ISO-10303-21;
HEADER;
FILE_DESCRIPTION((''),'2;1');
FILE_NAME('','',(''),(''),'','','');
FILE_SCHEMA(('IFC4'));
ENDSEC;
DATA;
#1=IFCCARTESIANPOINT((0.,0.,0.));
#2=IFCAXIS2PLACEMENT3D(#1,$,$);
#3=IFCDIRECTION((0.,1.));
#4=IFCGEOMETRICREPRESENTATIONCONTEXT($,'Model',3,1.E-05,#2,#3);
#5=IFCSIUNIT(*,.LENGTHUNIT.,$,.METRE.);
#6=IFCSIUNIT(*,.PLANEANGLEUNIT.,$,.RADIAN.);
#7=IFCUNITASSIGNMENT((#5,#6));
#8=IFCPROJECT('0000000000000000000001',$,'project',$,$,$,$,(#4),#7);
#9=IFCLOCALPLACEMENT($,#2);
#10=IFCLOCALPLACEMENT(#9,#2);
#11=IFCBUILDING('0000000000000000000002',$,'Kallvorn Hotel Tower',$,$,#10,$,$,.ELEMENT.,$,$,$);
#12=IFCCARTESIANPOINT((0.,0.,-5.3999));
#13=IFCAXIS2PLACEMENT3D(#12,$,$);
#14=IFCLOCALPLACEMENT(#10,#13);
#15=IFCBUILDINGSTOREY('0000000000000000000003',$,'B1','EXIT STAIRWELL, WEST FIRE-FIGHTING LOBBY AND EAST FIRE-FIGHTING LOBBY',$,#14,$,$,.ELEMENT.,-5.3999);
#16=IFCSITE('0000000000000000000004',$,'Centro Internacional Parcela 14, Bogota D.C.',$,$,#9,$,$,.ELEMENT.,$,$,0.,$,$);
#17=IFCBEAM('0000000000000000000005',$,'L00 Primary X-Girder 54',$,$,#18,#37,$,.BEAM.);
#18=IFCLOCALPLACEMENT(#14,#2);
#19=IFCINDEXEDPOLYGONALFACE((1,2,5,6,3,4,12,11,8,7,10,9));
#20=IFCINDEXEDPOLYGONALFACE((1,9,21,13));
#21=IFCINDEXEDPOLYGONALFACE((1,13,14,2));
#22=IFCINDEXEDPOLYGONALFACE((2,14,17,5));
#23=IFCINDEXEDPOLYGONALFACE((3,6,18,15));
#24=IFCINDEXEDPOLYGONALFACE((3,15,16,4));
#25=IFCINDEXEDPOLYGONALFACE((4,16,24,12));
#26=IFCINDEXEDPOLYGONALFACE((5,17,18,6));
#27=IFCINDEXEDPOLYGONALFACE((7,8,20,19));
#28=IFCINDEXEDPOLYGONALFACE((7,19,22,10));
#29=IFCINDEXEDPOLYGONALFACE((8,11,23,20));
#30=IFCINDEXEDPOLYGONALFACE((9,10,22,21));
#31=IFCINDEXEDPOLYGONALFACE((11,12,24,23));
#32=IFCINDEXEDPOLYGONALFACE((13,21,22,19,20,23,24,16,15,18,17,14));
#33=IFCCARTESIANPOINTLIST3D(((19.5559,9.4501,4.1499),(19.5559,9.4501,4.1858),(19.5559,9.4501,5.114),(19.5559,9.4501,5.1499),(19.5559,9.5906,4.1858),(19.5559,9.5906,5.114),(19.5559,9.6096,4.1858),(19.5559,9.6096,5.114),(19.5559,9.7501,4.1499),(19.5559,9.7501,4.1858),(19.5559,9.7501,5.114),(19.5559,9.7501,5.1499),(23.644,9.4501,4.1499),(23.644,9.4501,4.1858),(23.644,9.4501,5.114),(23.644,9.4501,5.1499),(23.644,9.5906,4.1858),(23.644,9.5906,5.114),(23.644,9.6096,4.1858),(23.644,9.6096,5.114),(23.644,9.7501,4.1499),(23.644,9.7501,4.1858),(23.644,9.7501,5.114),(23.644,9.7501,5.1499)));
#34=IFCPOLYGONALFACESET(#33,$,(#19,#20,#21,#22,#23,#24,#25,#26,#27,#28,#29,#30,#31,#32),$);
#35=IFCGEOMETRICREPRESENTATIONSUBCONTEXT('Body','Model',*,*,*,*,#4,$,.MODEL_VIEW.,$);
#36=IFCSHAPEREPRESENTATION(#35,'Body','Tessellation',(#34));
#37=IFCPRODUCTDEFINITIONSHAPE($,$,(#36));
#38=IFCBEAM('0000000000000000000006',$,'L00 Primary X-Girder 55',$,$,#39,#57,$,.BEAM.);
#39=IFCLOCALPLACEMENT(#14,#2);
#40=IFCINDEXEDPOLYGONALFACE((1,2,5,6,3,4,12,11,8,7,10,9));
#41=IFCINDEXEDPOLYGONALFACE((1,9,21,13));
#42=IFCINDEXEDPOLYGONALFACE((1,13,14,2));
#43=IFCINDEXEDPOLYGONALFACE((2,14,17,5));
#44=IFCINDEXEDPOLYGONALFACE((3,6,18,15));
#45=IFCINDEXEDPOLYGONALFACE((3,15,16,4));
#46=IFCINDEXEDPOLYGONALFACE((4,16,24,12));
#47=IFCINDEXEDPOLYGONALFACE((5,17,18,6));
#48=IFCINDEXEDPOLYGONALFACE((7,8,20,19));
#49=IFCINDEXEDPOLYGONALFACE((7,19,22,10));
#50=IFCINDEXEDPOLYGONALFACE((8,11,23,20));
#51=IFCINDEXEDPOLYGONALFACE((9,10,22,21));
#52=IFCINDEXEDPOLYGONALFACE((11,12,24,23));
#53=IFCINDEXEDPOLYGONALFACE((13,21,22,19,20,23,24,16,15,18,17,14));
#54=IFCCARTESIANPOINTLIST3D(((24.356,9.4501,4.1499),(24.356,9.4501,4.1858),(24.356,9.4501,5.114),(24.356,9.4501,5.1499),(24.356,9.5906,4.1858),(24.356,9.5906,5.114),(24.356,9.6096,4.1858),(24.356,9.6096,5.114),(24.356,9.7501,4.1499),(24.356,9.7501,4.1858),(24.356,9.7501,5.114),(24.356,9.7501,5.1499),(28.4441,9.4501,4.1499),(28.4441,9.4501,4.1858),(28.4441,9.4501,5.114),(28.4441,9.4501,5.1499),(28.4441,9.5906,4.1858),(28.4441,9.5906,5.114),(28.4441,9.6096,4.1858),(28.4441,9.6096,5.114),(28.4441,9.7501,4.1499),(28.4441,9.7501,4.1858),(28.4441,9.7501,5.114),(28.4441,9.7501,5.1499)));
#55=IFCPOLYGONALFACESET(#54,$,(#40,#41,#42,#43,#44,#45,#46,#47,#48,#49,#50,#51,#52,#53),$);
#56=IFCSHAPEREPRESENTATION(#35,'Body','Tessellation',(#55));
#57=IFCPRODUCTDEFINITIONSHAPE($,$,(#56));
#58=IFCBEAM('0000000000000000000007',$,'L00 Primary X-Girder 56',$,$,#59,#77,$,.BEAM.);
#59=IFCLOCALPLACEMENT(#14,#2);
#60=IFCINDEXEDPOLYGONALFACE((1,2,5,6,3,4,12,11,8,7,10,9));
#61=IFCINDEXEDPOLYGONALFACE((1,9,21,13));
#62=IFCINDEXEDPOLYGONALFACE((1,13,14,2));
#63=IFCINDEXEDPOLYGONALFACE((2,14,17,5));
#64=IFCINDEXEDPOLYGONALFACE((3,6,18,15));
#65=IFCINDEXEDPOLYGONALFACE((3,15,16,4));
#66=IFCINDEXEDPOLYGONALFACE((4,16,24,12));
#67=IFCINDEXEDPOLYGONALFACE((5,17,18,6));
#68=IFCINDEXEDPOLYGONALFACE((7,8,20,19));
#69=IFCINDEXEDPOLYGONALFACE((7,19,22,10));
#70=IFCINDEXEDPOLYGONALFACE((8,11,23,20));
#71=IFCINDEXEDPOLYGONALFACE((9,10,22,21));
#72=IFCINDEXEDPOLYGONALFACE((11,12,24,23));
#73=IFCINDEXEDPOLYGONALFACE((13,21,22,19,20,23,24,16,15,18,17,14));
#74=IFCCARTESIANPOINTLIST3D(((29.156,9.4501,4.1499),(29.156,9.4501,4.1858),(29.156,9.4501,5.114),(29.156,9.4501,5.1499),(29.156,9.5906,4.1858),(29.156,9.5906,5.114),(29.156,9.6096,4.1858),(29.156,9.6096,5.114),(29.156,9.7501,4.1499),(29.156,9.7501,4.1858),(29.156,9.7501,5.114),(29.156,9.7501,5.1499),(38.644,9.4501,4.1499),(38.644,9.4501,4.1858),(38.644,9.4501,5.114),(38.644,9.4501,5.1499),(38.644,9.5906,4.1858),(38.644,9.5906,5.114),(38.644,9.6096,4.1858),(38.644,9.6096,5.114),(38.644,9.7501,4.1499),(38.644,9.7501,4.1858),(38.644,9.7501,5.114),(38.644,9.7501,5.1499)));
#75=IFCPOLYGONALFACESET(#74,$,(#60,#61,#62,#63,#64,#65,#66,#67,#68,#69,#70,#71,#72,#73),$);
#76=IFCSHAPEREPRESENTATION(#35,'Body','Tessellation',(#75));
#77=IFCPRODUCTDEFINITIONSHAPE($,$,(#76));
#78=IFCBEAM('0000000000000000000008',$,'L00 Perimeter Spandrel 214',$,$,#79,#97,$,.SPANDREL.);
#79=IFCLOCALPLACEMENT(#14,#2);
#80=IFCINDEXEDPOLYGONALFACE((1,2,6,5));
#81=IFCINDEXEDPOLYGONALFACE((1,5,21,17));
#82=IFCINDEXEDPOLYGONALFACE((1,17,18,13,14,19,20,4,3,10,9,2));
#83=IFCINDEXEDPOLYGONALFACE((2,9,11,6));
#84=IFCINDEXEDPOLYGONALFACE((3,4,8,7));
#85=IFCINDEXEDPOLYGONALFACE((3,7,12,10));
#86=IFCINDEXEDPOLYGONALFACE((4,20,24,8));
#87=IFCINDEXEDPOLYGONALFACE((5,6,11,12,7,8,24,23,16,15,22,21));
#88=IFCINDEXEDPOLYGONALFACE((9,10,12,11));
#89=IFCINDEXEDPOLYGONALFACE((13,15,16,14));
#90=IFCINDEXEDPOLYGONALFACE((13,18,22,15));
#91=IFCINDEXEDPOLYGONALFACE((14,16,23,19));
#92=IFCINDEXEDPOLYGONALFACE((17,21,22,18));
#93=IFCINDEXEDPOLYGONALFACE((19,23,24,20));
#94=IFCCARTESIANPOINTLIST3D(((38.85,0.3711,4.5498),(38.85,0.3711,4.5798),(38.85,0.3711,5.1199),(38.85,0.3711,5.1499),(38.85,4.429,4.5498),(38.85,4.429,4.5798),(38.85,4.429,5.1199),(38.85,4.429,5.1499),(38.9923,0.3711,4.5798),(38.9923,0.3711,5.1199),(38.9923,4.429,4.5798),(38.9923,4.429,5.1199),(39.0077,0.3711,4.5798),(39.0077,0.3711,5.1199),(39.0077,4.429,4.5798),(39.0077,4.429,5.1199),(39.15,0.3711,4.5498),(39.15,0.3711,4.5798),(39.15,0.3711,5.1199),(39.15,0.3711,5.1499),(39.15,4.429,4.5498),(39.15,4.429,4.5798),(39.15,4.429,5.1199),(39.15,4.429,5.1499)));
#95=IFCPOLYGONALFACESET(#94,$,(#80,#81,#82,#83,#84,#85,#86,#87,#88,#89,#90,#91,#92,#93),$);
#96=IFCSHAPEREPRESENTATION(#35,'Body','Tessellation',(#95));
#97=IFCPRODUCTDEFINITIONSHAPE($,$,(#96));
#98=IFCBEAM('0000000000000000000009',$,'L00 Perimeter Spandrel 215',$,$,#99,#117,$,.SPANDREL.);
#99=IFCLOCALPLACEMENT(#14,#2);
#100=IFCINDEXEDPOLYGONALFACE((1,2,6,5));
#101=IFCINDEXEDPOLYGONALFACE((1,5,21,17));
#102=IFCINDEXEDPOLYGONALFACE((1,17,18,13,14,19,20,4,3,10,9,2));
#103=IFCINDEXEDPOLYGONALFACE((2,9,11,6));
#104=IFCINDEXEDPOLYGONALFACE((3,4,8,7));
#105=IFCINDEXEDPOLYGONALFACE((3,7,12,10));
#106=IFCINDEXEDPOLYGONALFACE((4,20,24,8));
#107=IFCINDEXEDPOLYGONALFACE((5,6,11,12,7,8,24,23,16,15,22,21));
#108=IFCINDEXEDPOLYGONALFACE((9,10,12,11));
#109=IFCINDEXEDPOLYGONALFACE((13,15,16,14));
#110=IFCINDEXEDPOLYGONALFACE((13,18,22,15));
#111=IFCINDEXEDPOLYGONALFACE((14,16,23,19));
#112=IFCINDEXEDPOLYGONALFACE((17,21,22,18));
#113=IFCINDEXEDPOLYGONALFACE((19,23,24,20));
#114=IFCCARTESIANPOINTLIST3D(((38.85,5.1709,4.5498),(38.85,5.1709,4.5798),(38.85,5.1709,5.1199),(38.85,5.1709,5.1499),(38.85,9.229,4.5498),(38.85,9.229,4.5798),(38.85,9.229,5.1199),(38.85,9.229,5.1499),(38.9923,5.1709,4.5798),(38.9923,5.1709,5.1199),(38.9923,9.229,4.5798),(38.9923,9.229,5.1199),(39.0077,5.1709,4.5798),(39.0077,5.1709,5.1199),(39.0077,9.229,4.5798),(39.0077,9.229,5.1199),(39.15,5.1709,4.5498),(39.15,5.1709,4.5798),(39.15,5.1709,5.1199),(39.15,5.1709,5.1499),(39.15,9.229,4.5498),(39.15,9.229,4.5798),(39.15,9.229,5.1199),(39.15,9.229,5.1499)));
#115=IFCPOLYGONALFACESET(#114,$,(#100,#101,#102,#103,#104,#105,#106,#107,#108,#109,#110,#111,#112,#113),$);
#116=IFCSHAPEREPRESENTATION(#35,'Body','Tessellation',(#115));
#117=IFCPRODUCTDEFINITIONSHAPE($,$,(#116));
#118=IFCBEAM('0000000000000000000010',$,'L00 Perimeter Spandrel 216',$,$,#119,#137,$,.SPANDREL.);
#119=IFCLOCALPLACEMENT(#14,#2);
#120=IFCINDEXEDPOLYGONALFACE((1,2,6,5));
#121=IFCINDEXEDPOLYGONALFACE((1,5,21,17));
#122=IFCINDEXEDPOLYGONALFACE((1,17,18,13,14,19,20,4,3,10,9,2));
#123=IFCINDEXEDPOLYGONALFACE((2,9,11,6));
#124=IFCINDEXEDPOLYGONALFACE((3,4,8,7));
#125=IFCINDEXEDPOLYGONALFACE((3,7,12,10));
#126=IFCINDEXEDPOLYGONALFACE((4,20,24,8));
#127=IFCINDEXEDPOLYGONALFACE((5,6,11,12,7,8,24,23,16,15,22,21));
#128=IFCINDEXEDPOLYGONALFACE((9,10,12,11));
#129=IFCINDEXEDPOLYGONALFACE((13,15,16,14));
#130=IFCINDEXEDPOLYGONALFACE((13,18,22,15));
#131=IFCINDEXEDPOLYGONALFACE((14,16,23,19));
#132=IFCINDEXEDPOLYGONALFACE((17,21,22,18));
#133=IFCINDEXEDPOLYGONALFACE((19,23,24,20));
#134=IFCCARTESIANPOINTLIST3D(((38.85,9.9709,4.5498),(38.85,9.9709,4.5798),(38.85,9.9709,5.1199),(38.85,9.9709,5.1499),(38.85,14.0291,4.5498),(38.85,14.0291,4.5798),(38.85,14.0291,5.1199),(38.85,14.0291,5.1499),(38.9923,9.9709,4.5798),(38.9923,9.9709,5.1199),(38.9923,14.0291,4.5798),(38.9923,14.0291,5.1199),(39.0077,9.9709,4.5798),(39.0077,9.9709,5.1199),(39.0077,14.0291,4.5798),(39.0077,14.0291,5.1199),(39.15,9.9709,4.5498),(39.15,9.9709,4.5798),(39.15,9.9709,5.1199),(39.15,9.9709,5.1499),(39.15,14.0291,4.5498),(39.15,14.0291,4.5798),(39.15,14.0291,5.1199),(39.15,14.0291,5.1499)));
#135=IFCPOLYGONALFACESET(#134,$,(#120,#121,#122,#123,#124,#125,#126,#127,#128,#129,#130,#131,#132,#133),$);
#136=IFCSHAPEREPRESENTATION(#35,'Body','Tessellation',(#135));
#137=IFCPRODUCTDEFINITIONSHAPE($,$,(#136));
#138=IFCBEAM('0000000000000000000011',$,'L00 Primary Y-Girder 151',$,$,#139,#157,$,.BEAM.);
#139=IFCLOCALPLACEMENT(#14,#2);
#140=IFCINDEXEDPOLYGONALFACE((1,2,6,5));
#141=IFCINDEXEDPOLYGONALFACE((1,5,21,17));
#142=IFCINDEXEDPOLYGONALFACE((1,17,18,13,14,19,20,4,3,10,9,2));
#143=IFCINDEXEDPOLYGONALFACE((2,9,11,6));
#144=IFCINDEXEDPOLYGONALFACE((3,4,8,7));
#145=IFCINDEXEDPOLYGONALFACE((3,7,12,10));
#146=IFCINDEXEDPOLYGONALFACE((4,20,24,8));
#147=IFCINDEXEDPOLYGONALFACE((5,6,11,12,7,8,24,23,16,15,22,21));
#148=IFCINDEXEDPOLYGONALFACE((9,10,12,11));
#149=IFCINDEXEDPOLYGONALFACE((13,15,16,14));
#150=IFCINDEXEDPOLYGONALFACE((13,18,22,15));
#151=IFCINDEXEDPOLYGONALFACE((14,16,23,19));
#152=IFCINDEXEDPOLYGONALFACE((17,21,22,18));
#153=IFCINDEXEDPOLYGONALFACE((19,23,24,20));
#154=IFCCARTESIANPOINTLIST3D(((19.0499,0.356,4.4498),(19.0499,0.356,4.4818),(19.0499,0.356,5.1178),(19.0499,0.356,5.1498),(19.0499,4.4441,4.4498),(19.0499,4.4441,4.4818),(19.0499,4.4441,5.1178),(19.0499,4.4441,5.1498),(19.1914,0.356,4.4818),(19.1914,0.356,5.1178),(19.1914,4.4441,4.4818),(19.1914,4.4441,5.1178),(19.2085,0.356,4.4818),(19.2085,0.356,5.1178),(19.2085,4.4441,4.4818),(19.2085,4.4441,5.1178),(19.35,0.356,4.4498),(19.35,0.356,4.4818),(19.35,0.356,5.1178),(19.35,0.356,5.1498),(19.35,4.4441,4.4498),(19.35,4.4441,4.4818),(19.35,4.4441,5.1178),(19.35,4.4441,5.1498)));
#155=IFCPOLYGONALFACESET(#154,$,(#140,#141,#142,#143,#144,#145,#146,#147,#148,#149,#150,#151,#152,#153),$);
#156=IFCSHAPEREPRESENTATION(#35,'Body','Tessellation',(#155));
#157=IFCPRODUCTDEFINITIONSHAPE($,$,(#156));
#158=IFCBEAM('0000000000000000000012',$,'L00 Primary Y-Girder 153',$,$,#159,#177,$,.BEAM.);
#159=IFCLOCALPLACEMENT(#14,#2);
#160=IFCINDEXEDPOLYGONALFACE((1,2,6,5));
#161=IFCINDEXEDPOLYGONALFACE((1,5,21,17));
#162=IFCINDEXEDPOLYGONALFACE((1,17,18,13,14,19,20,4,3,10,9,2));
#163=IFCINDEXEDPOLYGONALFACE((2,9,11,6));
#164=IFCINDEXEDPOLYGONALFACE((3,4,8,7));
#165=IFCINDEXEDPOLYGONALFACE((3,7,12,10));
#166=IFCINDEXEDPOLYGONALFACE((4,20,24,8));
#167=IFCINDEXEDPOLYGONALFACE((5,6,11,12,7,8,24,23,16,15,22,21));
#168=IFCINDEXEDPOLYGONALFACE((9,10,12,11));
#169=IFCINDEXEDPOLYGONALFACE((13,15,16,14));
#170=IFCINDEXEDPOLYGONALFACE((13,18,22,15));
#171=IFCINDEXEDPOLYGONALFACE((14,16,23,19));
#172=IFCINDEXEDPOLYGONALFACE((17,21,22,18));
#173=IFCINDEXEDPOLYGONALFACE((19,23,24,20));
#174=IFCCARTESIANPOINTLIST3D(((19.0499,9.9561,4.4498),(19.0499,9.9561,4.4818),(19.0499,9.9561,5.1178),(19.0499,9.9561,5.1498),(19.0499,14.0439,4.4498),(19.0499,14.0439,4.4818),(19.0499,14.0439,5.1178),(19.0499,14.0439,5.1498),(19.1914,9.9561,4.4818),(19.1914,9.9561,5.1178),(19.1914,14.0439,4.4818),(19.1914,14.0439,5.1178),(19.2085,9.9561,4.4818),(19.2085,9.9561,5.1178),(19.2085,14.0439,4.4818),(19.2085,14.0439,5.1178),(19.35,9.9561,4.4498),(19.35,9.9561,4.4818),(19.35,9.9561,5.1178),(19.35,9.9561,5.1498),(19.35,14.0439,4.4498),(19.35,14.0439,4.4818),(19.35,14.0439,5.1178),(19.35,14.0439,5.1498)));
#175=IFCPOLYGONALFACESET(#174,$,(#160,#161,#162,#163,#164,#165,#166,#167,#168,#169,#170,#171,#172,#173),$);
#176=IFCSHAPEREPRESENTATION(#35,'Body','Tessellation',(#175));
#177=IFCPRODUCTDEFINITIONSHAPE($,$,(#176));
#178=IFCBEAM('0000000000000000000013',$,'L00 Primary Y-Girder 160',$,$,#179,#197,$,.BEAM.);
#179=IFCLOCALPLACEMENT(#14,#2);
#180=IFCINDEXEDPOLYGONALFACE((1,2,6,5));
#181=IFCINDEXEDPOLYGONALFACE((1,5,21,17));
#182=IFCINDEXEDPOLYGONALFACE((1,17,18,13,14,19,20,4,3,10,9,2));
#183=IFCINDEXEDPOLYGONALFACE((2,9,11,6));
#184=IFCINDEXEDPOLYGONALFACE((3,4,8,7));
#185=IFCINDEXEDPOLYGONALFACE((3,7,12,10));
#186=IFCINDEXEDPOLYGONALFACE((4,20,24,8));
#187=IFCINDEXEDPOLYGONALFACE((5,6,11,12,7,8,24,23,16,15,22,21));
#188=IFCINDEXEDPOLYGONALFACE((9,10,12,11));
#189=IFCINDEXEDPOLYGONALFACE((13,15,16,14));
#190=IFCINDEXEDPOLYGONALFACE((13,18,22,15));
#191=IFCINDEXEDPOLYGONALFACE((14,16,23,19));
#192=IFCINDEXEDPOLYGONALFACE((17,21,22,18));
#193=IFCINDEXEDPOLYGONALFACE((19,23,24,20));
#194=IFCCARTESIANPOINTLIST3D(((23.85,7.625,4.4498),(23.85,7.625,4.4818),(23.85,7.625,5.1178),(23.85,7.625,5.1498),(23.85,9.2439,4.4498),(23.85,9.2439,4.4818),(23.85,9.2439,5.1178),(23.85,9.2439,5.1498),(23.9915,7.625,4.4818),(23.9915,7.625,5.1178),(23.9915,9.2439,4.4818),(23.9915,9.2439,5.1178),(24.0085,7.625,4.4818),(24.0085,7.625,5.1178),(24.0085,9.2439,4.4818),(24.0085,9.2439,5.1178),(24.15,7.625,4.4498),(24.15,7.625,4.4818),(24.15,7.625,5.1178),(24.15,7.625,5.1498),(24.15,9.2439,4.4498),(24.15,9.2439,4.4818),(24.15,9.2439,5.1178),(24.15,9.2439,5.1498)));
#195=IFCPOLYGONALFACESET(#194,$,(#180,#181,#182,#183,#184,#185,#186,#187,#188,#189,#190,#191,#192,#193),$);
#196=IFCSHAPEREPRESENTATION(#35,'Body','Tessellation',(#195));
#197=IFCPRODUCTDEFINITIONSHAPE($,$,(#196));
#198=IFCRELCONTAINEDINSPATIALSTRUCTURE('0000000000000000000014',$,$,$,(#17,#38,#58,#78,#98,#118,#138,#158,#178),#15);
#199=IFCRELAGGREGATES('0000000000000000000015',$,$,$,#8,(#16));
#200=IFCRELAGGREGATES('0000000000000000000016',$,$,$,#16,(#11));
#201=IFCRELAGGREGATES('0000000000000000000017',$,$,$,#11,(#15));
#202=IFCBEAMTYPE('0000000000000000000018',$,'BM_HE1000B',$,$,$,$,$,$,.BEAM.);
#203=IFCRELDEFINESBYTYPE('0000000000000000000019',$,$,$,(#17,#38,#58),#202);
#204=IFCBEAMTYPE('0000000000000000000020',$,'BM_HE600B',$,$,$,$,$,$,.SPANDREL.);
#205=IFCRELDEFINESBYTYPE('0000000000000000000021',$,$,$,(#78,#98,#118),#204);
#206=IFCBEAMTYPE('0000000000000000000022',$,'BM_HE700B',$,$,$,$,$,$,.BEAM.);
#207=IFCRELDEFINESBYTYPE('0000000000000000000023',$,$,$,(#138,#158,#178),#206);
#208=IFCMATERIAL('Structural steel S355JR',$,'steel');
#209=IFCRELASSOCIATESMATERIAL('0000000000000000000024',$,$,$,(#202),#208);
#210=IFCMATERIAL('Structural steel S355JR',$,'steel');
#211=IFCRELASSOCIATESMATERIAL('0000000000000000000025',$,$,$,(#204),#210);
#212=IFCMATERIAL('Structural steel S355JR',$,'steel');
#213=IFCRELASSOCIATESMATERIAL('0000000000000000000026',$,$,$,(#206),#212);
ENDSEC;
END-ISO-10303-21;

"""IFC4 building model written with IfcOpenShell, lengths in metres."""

from ifc_helpers import new_model, si_unit, direction, frame, origin, origin_2d, place, context, subcontext, project, spatial, i_section, extrude, material, material_profile, profile_set, type_object, element, save


model = new_model("IFC4")

# Units and contexts
model_context = context("Model", 3, precision=1e-05, world=origin(), true_north=direction((0.0, 1.0)))
body_context = subcontext(model_context, "Body", "Model", "MODEL_VIEW")
ifc_project = project(units=[si_unit("LENGTHUNIT", "METRE"), si_unit("PLANEANGLEUNIT", "RADIAN")], contexts=[model_context])

# Site, building, storey
site_placement = place(None, origin())
site = spatial("IfcSite", under=ifc_project, at=site_placement, Name="Centro Internacional Parcela 14, Bogota D.C.", CompositionType="ELEMENT", RefElevation=0.0)
building_placement = place(site_placement, origin())
building = spatial("IfcBuilding", under=site, at=building_placement, Name="Kallvorn Hotel Tower", CompositionType="ELEMENT")
storey_placement = place(building_placement, frame((0.0, 0.0, -5.3999)))
storey = spatial("IfcBuildingStorey", under=building, at=storey_placement, Name="B1", Description="EXIT STAIRWELL, WEST FIRE-FIGHTING LOBBY AND EAST FIRE-FIGHTING LOBBY", CompositionType="ELEMENT", Elevation=-5.3999)

# Beams
ifc_material_1 = material(Name="Structural steel S355JR", Category="steel")
ifc_material_profile_1 = material_profile(ifc_material_1, i_section(OverallWidth=0.3, OverallDepth=1.0, WebThickness=0.019, FlangeThickness=0.0359, at=origin_2d()), Name="HE 1000 B")
ifc_profile_set_1 = profile_set([ifc_material_profile_1], Name="Structural steel S355JR")
beam_type_1 = type_object("IfcBeamType", Name="BM_HE1000B", PredefinedType="BEAM", material=ifc_profile_set_1)
for number, where, z_axis, x_axis, name in (
    (1, (19.5559, 9.6001, 4.6499), (1.0, 0.0, 0.0), (0.0, 1.0, 0.0), "L00 Primary X-Girder 54"),
    (2, (24.356, 9.6001, 4.6499), (1.0, 0.0, 0.0), (0.0, 1.0, 0.0), "L00 Primary X-Girder 55"),
):
    element("IfcBeam", number, at=place(storey_placement, frame(where, z_axis=z_axis, x_axis=x_axis)), inside=storey, type_object=beam_type_1, Name=name, PredefinedType="BEAM", context=body_context, shape_type="SweptSolid", body=[
        extrude(i_section(OverallWidth=0.3, OverallDepth=1.0, WebThickness=0.019, FlangeThickness=0.0359, at=origin_2d()), origin(), (0.0, 0.0, 1.0), 4.0881),
    ])
beam_1_placement = place(storey_placement, frame((29.156, 9.6001, 4.6499), z_axis=(1.0, 0.0, 0.0), x_axis=(0.0, 1.0, 0.0)))
element("IfcBeam", 3, at=beam_1_placement, inside=storey, type_object=beam_type_1, Name="L00 Primary X-Girder 56", PredefinedType="BEAM", context=body_context, shape_type="SweptSolid", body=[
    extrude(i_section(OverallWidth=0.3, OverallDepth=1.0, WebThickness=0.019, FlangeThickness=0.0359, at=origin_2d()), origin(), (0.0, 0.0, 1.0), 9.488),
])
ifc_material_2 = material(Name="Structural steel S355JR", Category="steel")
ifc_material_profile_2 = material_profile(ifc_material_2, i_section(OverallWidth=0.3, OverallDepth=0.6001, WebThickness=0.0154, FlangeThickness=0.03, at=origin_2d()), Name="HE 600 B")
ifc_profile_set_2 = profile_set([ifc_material_profile_2], Name="Structural steel S355JR")
beam_type_2 = type_object("IfcBeamType", Name="BM_HE600B", PredefinedType="SPANDREL", material=ifc_profile_set_2)
beam_2_placement = place(storey_placement, frame((39.0, 0.3711, 4.8499), z_axis=(0.0, 1.0, 0.0), x_axis=(-1.0, 0.0, 0.0)))
element("IfcBeam", 4, at=beam_2_placement, inside=storey, type_object=beam_type_2, Name="L00 Perimeter Spandrel 214", PredefinedType="SPANDREL", context=body_context, shape_type="SweptSolid", body=[
    extrude(i_section(OverallWidth=0.3, OverallDepth=0.6001, WebThickness=0.0154, FlangeThickness=0.03, at=origin_2d()), origin(), (0.0, 0.0, 1.0), 4.0579),
])
for number, where, z_axis, x_axis, name in (
    (5, (39.0, 5.1709, 4.8499), (0.0, 1.0, 0.0), (-1.0, 0.0, 0.0), "L00 Perimeter Spandrel 215"),
    (6, (39.0, 9.9709, 4.8499), (0.0, 1.0, 0.0), (-1.0, 0.0, 0.0), "L00 Perimeter Spandrel 216"),
):
    element("IfcBeam", number, at=place(storey_placement, frame(where, z_axis=z_axis, x_axis=x_axis)), inside=storey, type_object=beam_type_2, Name=name, PredefinedType="SPANDREL", context=body_context, shape_type="SweptSolid", body=[
        extrude(i_section(OverallWidth=0.3, OverallDepth=0.6001, WebThickness=0.0154, FlangeThickness=0.03, at=origin_2d()), origin(), (0.0, 0.0, 1.0), 4.0581),
    ])
ifc_material_3 = material(Name="Structural steel S355JR", Category="steel")
ifc_material_profile_3 = material_profile(ifc_material_3, i_section(OverallWidth=0.3, OverallDepth=0.7, WebThickness=0.0171, FlangeThickness=0.032, at=origin_2d()), Name="HE 700 B")
ifc_profile_set_3 = profile_set([ifc_material_profile_3], Name="Structural steel S355JR")
beam_type_3 = type_object("IfcBeamType", Name="BM_HE700B", PredefinedType="BEAM", material=ifc_profile_set_3)
beam_3_placement = place(storey_placement, frame((19.2, 0.356, 4.7998), z_axis=(0.0, 1.0, 0.0), x_axis=(-1.0, 0.0, 0.0)))
element("IfcBeam", 7, at=beam_3_placement, inside=storey, type_object=beam_type_3, Name="L00 Primary Y-Girder 151", PredefinedType="BEAM", context=body_context, shape_type="SweptSolid", body=[
    extrude(i_section(OverallWidth=0.3, OverallDepth=0.7, WebThickness=0.0171, FlangeThickness=0.032, at=origin_2d()), origin(), (0.0, 0.0, 1.0), 4.0881),
])
beam_4_placement = place(storey_placement, frame((19.2, 9.9561, 4.7998), z_axis=(0.0, 1.0, 0.0), x_axis=(-1.0, 0.0, 0.0)))
element("IfcBeam", 8, at=beam_4_placement, inside=storey, type_object=beam_type_3, Name="L00 Primary Y-Girder 153", PredefinedType="BEAM", context=body_context, shape_type="SweptSolid", body=[
    extrude(i_section(OverallWidth=0.3, OverallDepth=0.7, WebThickness=0.0171, FlangeThickness=0.032, at=origin_2d()), origin(), (0.0, 0.0, 1.0), 4.0879),
])
beam_5_placement = place(storey_placement, frame((24.0, 7.625, 4.7998), z_axis=(0.0, 1.0, 0.0), x_axis=(-1.0, 0.0, 0.0)))
element("IfcBeam", 9, at=beam_5_placement, inside=storey, type_object=beam_type_3, Name="L00 Primary Y-Girder 160", PredefinedType="BEAM", context=body_context, shape_type="SweptSolid", body=[
    extrude(i_section(OverallWidth=0.3, OverallDepth=0.7, WebThickness=0.0171, FlangeThickness=0.032, at=origin_2d()), origin(), (0.0, 0.0, 1.0), 1.6189),
])

save(model, "model.ifc")
